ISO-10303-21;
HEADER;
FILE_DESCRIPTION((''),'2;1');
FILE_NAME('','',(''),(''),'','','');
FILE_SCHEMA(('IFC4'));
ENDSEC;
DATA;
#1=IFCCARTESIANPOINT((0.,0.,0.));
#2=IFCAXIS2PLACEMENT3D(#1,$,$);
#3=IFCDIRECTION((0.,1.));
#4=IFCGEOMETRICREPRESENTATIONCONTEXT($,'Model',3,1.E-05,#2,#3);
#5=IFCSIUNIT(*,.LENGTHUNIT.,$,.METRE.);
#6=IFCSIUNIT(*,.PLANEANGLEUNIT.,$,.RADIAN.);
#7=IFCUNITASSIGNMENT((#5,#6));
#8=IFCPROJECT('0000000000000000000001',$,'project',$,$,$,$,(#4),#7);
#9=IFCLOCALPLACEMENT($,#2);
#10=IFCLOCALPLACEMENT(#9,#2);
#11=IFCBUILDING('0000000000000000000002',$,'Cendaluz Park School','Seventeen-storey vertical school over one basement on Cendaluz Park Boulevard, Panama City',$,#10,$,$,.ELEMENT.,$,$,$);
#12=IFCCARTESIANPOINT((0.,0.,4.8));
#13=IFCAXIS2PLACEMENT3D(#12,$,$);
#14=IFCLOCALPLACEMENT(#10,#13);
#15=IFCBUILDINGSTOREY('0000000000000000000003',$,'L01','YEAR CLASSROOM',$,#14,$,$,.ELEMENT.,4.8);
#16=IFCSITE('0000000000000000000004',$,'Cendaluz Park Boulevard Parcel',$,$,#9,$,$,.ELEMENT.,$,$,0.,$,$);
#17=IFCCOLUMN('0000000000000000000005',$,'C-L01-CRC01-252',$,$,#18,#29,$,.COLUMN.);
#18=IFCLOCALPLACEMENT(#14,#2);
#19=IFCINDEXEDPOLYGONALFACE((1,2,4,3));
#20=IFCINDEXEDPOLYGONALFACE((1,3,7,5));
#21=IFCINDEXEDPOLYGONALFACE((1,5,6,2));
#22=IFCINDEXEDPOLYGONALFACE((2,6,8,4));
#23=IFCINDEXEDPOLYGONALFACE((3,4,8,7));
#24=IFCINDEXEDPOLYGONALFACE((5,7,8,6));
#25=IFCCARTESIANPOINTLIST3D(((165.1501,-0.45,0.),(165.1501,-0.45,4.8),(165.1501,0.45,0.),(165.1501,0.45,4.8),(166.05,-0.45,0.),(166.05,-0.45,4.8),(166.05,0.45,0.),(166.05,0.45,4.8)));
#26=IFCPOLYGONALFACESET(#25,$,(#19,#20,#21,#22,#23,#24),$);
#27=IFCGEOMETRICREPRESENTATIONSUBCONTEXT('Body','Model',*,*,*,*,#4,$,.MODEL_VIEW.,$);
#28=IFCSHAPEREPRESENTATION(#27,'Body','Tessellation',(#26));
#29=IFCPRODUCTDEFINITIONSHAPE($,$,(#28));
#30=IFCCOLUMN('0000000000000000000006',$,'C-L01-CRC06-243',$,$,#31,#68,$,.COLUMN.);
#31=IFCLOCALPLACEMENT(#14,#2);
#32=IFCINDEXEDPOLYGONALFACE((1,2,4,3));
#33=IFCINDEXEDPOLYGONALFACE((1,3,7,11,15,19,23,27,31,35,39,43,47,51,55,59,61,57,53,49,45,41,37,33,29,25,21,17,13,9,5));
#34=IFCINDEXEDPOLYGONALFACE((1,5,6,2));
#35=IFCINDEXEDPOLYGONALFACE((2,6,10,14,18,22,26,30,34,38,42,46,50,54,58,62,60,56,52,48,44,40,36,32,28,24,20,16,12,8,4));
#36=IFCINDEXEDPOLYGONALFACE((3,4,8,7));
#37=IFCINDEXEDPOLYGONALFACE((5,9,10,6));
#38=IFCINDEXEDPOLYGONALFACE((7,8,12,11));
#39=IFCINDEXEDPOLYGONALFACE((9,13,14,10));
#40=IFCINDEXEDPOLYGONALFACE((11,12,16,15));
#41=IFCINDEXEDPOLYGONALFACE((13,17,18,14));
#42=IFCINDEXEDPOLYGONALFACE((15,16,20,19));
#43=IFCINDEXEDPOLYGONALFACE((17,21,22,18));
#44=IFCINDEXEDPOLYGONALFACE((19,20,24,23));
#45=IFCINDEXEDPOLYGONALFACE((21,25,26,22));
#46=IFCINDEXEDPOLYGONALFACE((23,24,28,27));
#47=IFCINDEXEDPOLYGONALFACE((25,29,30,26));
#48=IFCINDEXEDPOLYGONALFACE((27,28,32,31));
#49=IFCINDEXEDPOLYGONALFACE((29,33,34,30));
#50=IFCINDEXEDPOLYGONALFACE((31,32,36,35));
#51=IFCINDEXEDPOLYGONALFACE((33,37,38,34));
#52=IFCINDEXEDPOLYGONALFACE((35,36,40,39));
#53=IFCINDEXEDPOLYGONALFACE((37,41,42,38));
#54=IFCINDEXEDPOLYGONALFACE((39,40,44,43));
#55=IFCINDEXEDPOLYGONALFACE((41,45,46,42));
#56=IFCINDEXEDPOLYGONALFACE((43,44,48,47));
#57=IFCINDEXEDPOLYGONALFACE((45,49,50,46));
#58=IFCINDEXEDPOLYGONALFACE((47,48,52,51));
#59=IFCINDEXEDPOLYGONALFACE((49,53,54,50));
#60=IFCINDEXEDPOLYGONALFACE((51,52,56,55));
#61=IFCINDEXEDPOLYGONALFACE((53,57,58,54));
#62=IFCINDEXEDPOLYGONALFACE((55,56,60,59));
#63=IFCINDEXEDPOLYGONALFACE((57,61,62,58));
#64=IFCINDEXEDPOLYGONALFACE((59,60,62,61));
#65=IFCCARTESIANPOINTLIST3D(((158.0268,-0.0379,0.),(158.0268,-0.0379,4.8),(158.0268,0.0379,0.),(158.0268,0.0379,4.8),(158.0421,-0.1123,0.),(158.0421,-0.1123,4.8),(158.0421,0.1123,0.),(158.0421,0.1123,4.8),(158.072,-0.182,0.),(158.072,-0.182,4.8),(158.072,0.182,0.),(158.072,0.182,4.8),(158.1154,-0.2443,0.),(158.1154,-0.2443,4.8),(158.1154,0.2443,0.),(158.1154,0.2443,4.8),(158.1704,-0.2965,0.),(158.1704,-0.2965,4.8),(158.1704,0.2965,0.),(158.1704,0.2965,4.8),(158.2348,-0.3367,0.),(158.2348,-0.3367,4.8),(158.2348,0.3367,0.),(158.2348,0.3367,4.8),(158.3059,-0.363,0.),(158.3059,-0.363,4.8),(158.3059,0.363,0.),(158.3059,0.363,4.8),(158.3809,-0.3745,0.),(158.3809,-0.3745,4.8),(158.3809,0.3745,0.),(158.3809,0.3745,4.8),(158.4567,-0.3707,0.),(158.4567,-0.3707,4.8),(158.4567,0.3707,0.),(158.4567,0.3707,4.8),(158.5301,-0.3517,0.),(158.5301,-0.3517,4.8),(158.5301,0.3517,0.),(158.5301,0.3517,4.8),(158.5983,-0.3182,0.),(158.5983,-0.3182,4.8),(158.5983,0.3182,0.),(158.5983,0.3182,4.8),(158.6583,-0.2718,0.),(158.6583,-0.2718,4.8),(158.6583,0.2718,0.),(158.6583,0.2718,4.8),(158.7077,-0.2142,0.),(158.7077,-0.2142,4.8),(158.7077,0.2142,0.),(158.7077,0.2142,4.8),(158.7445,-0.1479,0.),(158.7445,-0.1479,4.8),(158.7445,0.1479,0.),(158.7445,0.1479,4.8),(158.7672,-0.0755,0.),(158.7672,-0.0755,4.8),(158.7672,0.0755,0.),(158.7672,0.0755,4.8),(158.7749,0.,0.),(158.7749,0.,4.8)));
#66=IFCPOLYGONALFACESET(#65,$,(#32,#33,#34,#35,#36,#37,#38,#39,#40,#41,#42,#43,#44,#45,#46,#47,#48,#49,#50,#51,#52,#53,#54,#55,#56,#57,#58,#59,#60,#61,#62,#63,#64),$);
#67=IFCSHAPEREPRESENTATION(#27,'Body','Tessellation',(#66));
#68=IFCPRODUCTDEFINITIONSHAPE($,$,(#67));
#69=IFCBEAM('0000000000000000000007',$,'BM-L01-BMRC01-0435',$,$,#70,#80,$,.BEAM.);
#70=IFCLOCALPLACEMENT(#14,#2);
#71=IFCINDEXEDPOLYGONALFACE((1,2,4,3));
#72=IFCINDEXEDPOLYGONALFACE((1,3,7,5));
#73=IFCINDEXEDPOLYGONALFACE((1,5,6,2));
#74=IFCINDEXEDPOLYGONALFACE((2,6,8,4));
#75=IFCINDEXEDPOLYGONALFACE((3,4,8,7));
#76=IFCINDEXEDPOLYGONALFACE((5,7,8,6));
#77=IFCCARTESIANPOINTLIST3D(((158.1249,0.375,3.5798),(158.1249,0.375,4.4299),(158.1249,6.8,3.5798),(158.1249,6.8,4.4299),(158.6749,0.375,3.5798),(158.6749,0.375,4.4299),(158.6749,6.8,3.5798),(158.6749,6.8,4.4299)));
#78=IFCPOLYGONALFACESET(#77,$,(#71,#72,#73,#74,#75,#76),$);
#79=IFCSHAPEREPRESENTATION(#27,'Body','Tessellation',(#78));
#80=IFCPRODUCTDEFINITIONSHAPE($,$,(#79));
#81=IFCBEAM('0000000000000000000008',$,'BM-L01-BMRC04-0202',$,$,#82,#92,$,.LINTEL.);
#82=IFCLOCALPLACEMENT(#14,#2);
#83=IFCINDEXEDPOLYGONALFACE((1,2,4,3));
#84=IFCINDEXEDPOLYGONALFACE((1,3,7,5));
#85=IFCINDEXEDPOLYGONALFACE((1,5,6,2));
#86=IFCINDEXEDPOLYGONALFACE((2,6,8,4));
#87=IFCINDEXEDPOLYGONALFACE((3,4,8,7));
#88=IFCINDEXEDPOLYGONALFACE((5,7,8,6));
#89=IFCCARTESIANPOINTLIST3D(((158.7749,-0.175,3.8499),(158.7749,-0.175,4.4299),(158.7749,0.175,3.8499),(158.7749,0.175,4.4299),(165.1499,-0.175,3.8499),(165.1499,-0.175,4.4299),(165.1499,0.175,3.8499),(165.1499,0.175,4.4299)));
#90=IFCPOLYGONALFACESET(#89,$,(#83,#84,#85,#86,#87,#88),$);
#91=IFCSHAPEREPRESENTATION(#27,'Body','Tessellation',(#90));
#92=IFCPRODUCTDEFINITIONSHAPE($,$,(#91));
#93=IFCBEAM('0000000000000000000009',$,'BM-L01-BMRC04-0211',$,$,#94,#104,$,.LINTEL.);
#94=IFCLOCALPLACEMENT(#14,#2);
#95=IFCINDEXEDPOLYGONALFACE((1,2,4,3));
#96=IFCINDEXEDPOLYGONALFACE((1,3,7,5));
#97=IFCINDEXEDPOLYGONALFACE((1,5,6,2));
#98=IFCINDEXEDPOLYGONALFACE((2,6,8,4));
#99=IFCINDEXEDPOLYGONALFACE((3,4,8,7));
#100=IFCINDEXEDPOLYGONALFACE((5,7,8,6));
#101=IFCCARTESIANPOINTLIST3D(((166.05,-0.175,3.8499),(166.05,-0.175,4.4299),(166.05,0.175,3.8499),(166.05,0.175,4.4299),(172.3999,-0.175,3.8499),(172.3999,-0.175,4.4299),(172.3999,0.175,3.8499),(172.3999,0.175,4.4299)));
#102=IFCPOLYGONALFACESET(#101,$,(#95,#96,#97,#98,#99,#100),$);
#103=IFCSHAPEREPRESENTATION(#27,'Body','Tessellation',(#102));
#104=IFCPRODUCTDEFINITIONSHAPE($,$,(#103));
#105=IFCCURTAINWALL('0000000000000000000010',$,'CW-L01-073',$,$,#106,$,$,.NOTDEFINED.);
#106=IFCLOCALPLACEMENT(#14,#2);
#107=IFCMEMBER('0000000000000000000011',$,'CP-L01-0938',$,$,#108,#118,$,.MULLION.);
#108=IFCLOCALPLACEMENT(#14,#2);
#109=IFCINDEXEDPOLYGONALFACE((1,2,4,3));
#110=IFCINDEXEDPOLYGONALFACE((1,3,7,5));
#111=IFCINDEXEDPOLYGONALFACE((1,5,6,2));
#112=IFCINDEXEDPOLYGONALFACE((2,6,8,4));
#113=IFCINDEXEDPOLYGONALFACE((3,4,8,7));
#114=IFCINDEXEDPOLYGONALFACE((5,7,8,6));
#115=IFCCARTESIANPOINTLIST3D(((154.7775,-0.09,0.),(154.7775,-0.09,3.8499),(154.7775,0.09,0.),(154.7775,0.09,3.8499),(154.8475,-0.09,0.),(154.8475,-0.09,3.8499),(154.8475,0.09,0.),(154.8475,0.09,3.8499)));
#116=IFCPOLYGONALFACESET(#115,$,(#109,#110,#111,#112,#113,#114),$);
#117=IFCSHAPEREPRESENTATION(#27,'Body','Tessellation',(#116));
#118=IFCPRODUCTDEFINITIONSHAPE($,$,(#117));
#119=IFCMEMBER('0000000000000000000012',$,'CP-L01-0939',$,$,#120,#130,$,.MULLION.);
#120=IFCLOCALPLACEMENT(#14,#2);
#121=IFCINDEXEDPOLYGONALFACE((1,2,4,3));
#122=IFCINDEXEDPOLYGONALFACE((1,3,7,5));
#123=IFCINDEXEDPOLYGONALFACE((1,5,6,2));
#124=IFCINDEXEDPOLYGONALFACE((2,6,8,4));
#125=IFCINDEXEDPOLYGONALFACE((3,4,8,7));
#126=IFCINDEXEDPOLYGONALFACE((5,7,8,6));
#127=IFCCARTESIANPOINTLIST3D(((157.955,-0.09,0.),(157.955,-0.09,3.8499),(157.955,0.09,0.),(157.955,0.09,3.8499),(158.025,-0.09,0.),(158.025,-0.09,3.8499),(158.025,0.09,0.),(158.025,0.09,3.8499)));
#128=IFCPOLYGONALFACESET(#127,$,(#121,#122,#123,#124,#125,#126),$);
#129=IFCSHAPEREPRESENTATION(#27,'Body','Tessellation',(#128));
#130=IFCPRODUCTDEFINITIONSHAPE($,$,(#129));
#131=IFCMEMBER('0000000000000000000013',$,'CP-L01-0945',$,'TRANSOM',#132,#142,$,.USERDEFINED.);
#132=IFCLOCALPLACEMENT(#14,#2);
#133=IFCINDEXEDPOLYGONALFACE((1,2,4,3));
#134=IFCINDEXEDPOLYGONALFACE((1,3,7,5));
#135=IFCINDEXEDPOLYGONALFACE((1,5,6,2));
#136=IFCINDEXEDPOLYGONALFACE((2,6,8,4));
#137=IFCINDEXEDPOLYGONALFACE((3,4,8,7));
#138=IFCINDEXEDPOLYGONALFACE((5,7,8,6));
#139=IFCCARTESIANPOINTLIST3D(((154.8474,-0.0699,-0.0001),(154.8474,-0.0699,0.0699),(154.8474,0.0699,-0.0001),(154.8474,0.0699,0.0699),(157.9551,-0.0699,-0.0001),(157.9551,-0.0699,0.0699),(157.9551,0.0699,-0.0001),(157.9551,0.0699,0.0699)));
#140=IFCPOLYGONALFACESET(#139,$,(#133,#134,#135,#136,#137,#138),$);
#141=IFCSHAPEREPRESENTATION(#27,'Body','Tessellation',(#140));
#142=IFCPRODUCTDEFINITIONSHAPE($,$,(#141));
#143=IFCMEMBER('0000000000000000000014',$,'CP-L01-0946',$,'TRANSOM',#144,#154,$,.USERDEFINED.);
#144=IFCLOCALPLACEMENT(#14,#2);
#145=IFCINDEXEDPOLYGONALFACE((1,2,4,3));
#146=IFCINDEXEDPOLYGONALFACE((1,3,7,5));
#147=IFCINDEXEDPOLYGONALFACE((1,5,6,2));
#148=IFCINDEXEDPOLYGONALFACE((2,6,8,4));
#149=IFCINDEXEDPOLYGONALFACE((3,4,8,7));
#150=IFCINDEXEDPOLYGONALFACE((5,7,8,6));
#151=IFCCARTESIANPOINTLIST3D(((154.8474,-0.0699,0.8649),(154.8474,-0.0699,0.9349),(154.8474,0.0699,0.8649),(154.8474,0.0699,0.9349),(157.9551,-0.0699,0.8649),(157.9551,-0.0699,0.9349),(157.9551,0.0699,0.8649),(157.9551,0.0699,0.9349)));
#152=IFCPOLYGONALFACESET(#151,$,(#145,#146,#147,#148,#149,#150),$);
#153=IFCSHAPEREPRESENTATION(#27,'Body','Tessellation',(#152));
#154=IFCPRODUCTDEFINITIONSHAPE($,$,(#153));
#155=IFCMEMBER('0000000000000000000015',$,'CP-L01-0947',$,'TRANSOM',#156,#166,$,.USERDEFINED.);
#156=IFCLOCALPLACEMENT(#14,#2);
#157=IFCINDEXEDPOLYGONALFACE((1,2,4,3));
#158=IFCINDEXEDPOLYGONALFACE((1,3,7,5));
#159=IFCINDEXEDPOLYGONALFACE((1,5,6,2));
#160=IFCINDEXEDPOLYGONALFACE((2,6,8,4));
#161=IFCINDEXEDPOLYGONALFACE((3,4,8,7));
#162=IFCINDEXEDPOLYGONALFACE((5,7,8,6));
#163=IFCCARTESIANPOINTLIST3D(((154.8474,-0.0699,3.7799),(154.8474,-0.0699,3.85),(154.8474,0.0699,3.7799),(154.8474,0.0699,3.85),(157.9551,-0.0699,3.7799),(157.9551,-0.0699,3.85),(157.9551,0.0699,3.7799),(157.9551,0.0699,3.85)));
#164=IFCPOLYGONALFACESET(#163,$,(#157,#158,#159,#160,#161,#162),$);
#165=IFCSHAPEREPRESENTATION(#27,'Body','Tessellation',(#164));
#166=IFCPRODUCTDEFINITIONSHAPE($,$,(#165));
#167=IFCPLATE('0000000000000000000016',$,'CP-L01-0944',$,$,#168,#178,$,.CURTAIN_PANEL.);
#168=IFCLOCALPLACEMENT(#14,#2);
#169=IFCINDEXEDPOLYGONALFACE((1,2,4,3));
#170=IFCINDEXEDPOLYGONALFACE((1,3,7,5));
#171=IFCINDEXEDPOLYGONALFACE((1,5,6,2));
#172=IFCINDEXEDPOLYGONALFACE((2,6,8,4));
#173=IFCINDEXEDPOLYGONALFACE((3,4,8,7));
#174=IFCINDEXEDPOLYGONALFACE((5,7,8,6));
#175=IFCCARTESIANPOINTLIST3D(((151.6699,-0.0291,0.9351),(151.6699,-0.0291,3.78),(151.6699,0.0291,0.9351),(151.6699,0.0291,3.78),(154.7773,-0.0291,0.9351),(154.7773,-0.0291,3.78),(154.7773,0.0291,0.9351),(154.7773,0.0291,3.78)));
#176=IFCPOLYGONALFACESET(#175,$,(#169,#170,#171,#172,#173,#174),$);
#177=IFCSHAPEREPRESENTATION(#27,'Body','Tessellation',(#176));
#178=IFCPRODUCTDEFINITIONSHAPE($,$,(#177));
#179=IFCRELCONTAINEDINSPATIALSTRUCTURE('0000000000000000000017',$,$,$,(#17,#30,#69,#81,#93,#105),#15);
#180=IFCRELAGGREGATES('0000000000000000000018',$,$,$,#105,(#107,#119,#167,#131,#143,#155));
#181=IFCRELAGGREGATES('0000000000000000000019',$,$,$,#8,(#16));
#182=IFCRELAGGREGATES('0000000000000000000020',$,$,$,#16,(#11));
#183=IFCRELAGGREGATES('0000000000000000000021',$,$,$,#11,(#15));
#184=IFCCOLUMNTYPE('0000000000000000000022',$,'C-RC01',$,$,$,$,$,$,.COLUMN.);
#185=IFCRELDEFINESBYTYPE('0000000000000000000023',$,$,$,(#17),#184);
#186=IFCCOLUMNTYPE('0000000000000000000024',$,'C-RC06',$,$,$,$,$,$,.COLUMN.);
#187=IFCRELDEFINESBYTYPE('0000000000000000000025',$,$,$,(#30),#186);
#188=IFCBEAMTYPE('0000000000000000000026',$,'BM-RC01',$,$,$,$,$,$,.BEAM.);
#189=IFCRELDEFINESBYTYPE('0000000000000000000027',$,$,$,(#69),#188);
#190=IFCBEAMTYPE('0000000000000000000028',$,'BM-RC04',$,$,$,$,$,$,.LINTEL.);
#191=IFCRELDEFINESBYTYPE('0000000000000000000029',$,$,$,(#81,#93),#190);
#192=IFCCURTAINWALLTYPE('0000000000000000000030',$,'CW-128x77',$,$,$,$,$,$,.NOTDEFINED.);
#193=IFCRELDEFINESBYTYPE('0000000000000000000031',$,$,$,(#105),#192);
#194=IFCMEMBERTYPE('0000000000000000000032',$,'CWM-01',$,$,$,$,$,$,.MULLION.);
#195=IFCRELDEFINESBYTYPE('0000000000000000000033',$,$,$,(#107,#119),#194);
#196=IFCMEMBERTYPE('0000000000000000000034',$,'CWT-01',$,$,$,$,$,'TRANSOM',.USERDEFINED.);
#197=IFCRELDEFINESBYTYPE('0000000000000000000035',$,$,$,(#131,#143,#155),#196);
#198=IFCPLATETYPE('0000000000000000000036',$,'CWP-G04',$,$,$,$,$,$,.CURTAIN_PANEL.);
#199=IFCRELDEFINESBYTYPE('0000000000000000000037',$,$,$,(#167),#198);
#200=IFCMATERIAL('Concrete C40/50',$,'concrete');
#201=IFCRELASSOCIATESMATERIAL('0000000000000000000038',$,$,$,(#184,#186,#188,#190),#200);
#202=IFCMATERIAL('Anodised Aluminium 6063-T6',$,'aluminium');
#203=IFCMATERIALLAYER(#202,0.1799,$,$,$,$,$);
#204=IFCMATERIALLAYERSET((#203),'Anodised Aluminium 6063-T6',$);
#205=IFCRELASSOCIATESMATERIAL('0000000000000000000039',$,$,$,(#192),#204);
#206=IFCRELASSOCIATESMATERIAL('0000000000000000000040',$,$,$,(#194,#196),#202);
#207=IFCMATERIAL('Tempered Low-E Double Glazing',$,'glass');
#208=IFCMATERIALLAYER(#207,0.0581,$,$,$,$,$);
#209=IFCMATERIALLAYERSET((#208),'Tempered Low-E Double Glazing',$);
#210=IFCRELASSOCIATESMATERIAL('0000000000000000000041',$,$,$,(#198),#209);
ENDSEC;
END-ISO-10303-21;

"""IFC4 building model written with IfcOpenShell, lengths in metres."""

from ifc_helpers import new_model, si_unit, direction, frame, origin, origin_2d, place, context, subcontext, project, spatial, rectangle, circle, extrude, material, layer, layer_set, material_profile, profile_set, type_object, element, aggregate, save


model = new_model("IFC4")

# Units and contexts
model_context = context("Model", 3, precision=1e-05, world=origin(), true_north=direction((0.0, 1.0)))
body_context = subcontext(model_context, "Body", "Model", "MODEL_VIEW")
ifc_project = project(units=[si_unit("LENGTHUNIT", "METRE"), si_unit("PLANEANGLEUNIT", "RADIAN")], contexts=[model_context])

# Site, building, storey
site_placement = place(None, origin())
site = spatial("IfcSite", under=ifc_project, at=site_placement, Name="Cendaluz Park Boulevard Parcel", CompositionType="ELEMENT", RefElevation=0.0)
building_placement = place(site_placement, origin())
building = spatial("IfcBuilding", under=site, at=building_placement, Name="Cendaluz Park School", Description="Seventeen-storey vertical school over one basement on Cendaluz Park Boulevard, Panama City", CompositionType="ELEMENT")
storey_placement = place(building_placement, frame((0.0, 0.0, 4.8)))
storey = spatial("IfcBuildingStorey", under=building, at=storey_placement, Name="L01", Description="YEAR CLASSROOM", CompositionType="ELEMENT", Elevation=4.8)

# Columns
ifc_material_1 = material(Name="Concrete C40/50", Category="concrete")
ifc_material_profile_1 = material_profile(ifc_material_1, rectangle(XDim=0.8999, YDim=0.8999, at=origin_2d()), Name="RC 900x900", Category="concrete")
ifc_profile_set_1 = profile_set([ifc_material_profile_1], Name="Concrete C40/50")
column_type_1 = type_object("IfcColumnType", Name="C-RC01", PredefinedType="COLUMN", material=ifc_profile_set_1)
column_1_placement = place(storey_placement, frame((165.6001, 0.0, 0.0), z_axis=(0.0, 0.0, 1.0), x_axis=(1.0, 0.0, 0.0)))
element("IfcColumn", 1, at=column_1_placement, inside=storey, type_object=column_type_1, Name="C-L01-CRC01-252", PredefinedType="COLUMN", context=body_context, shape_type="SweptSolid", body=[
    extrude(rectangle(XDim=0.8999, YDim=0.8999, at=origin_2d()), origin(), (0.0, 0.0, 1.0), 4.8),
])
ifc_material_profile_2 = material_profile(ifc_material_1, circle(Radius=0.375, at=origin_2d()), Name="RC D750", Category="concrete")
ifc_profile_set_2 = profile_set([ifc_material_profile_2], Name="Concrete C40/50")
column_type_2 = type_object("IfcColumnType", Name="C-RC06", PredefinedType="COLUMN", material=ifc_profile_set_2)
column_2_placement = place(storey_placement, frame((158.3999, 0.0, 0.0), z_axis=(0.0, 0.0, 1.0), x_axis=(1.0, 0.0, 0.0)))
element("IfcColumn", 2, at=column_2_placement, inside=storey, type_object=column_type_2, Name="C-L01-CRC06-243", PredefinedType="COLUMN", context=body_context, shape_type="SweptSolid", body=[
    extrude(circle(Radius=0.375, at=origin_2d()), origin(), (0.0, 0.0, 1.0), 4.8),
])

# Beams
ifc_material_profile_3 = material_profile(ifc_material_1, rectangle(XDim=0.55, YDim=0.8501, at=origin_2d()), Name="RC 550x850", Category="concrete")
ifc_profile_set_3 = profile_set([ifc_material_profile_3], Name="Concrete C40/50")
beam_type_1 = type_object("IfcBeamType", Name="BM-RC01", PredefinedType="BEAM", material=ifc_profile_set_3)
beam_1_placement = place(storey_placement, frame((158.3999, 0.375, 4.0049), z_axis=(0.0, 1.0, 0.0), x_axis=(-1.0, 0.0, 0.0)))
element("IfcBeam", 3, at=beam_1_placement, inside=storey, type_object=beam_type_1, Name="BM-L01-BMRC01-0435", PredefinedType="BEAM", context=body_context, shape_type="SweptSolid", body=[
    extrude(rectangle(XDim=0.55, YDim=0.8501, at=origin_2d()), origin(), (0.0, 0.0, 1.0), 6.425),
])
ifc_material_profile_4 = material_profile(ifc_material_1, rectangle(XDim=0.3501, YDim=0.5801, at=origin_2d()), Name="RC 350x580", Category="concrete")
ifc_profile_set_4 = profile_set([ifc_material_profile_4], Name="Concrete C40/50")
beam_type_2 = type_object("IfcBeamType", Name="BM-RC04", PredefinedType="LINTEL", material=ifc_profile_set_4)
beam_2_placement = place(storey_placement, frame((158.7749, 0.0, 4.1399), z_axis=(1.0, 0.0, 0.0), x_axis=(0.0, 1.0, 0.0)))
element("IfcBeam", 4, at=beam_2_placement, inside=storey, type_object=beam_type_2, Name="BM-L01-BMRC04-0202", PredefinedType="LINTEL", context=body_context, shape_type="SweptSolid", body=[
    extrude(rectangle(XDim=0.3501, YDim=0.5801, at=origin_2d()), origin(), (0.0, 0.0, 1.0), 6.375),
])
beam_3_placement = place(storey_placement, frame((166.05, 0.0, 4.1399), z_axis=(1.0, 0.0, 0.0), x_axis=(0.0, 1.0, 0.0)))
element("IfcBeam", 5, at=beam_3_placement, inside=storey, type_object=beam_type_2, Name="BM-L01-BMRC04-0211", PredefinedType="LINTEL", context=body_context, shape_type="SweptSolid", body=[
    extrude(rectangle(XDim=0.3501, YDim=0.5801, at=origin_2d()), origin(), (0.0, 0.0, 1.0), 6.3499),
])

# Curtain wall, members, plate
ifc_material_2 = material(Name="Anodised Aluminium 6063-T6", Category="aluminium")
ifc_layer_1 = layer(ifc_material_2, 0.1799)
ifc_layer_set_1 = layer_set([ifc_layer_1], Name="Anodised Aluminium 6063-T6")
curtain_wall_type = type_object("IfcCurtainWallType", Name="CW-128x77", PredefinedType="NOTDEFINED", material=ifc_layer_set_1)
curtain_wall_placement = place(storey_placement, origin())
curtain_wall = element("IfcCurtainWall", 6, at=curtain_wall_placement, inside=storey, type_object=curtain_wall_type, Name="CW-L01-073", PredefinedType="NOTDEFINED")
ifc_material_profile_5 = material_profile(ifc_material_2, rectangle(XDim=0.1799, YDim=0.0701, at=origin_2d()), Name="CWM 180x70", Category="aluminium")
ifc_profile_set_5 = profile_set([ifc_material_profile_5], Name="Anodised Aluminium 6063-T6")
member_type_1 = type_object("IfcMemberType", Name="CWM-01", PredefinedType="MULLION", material=ifc_profile_set_5)
member_1_placement = place(storey_placement, frame((154.8125, 0.0, 0.0), z_axis=(0.0, 0.0, 1.0), x_axis=(0.0, 1.0, 0.0)))
member_1 = element("IfcMember", 7, at=member_1_placement, type_object=member_type_1, Name="CP-L01-0938", PredefinedType="MULLION", context=body_context, shape_type="SweptSolid", body=[
    extrude(rectangle(XDim=0.1799, YDim=0.0701, at=origin_2d()), origin(), (0.0, 0.0, 1.0), 3.8499),
])
member_2_placement = place(storey_placement, frame((157.99, 0.0, 0.0), z_axis=(0.0, 0.0, 1.0), x_axis=(0.0, 1.0, 0.0)))
member_2 = element("IfcMember", 8, at=member_2_placement, type_object=member_type_1, Name="CP-L01-0939", PredefinedType="MULLION", context=body_context, shape_type="SweptSolid", body=[
    extrude(rectangle(XDim=0.1799, YDim=0.0701, at=origin_2d()), origin(), (0.0, 0.0, 1.0), 3.8499),
])
ifc_material_profile_6 = material_profile(ifc_material_2, rectangle(XDim=0.1399, YDim=0.0701, at=origin_2d()), Name="CWT 140x70", Category="aluminium")
ifc_profile_set_6 = profile_set([ifc_material_profile_6], Name="Anodised Aluminium 6063-T6")
member_type_2 = type_object("IfcMemberType", Name="CWT-01", ElementType="TRANSOM", PredefinedType="USERDEFINED", material=ifc_profile_set_6)
member_3_placement = place(storey_placement, frame((154.8474, 0.0, 0.0349), z_axis=(1.0, 0.0, 0.0), x_axis=(0.0, 1.0, 0.0)))
member_3 = element("IfcMember", 9, at=member_3_placement, type_object=member_type_2, Name="CP-L01-0945", ObjectType="TRANSOM", PredefinedType="USERDEFINED", context=body_context, shape_type="SweptSolid", body=[
    extrude(rectangle(XDim=0.1399, YDim=0.0701, at=origin_2d()), origin(), (0.0, 0.0, 1.0), 3.1077),
])
member_4_placement = place(storey_placement, frame((154.8474, 0.0, 0.8999), z_axis=(1.0, 0.0, 0.0), x_axis=(0.0, 1.0, 0.0)))
member_4 = element("IfcMember", 10, at=member_4_placement, type_object=member_type_2, Name="CP-L01-0946", ObjectType="TRANSOM", PredefinedType="USERDEFINED", context=body_context, shape_type="SweptSolid", body=[
    extrude(rectangle(XDim=0.1399, YDim=0.0701, at=origin_2d()), origin(), (0.0, 0.0, 1.0), 3.1077),
])
member_5_placement = place(storey_placement, frame((154.8474, 0.0, 3.8149), z_axis=(1.0, 0.0, 0.0), x_axis=(0.0, 1.0, 0.0)))
member_5 = element("IfcMember", 11, at=member_5_placement, type_object=member_type_2, Name="CP-L01-0947", ObjectType="TRANSOM", PredefinedType="USERDEFINED", context=body_context, shape_type="SweptSolid", body=[
    extrude(rectangle(XDim=0.1399, YDim=0.0701, at=origin_2d()), origin(), (0.0, 0.0, 1.0), 3.1077),
])
ifc_material_3 = material(Name="Tempered Low-E Double Glazing", Category="glass")
ifc_layer_2 = layer(ifc_material_3, 0.0581)
ifc_layer_set_2 = layer_set([ifc_layer_2], Name="Tempered Low-E Double Glazing")
plate_type_1 = type_object("IfcPlateType", Name="CWP-G04", PredefinedType="CURTAIN_PANEL", material=ifc_layer_set_2)
plate_1_placement = place(storey_placement, frame((153.2236, 0.0, 0.9351), z_axis=(0.0, 0.0, 1.0), x_axis=(1.0, 0.0, 0.0)))
plate_1 = element("IfcPlate", 12, at=plate_1_placement, type_object=plate_type_1, Name="CP-L01-0944", PredefinedType="CURTAIN_PANEL", context=body_context, shape_type="SweptSolid", body=[
    extrude(rectangle(XDim=3.1074, YDim=0.0581, at=origin_2d()), origin(), (0.0, 0.0, 1.0), 2.845),
])
aggregate(curtain_wall, [member_1, member_2, plate_1, member_3, member_4, member_5])

save(model, "model.ifc")
